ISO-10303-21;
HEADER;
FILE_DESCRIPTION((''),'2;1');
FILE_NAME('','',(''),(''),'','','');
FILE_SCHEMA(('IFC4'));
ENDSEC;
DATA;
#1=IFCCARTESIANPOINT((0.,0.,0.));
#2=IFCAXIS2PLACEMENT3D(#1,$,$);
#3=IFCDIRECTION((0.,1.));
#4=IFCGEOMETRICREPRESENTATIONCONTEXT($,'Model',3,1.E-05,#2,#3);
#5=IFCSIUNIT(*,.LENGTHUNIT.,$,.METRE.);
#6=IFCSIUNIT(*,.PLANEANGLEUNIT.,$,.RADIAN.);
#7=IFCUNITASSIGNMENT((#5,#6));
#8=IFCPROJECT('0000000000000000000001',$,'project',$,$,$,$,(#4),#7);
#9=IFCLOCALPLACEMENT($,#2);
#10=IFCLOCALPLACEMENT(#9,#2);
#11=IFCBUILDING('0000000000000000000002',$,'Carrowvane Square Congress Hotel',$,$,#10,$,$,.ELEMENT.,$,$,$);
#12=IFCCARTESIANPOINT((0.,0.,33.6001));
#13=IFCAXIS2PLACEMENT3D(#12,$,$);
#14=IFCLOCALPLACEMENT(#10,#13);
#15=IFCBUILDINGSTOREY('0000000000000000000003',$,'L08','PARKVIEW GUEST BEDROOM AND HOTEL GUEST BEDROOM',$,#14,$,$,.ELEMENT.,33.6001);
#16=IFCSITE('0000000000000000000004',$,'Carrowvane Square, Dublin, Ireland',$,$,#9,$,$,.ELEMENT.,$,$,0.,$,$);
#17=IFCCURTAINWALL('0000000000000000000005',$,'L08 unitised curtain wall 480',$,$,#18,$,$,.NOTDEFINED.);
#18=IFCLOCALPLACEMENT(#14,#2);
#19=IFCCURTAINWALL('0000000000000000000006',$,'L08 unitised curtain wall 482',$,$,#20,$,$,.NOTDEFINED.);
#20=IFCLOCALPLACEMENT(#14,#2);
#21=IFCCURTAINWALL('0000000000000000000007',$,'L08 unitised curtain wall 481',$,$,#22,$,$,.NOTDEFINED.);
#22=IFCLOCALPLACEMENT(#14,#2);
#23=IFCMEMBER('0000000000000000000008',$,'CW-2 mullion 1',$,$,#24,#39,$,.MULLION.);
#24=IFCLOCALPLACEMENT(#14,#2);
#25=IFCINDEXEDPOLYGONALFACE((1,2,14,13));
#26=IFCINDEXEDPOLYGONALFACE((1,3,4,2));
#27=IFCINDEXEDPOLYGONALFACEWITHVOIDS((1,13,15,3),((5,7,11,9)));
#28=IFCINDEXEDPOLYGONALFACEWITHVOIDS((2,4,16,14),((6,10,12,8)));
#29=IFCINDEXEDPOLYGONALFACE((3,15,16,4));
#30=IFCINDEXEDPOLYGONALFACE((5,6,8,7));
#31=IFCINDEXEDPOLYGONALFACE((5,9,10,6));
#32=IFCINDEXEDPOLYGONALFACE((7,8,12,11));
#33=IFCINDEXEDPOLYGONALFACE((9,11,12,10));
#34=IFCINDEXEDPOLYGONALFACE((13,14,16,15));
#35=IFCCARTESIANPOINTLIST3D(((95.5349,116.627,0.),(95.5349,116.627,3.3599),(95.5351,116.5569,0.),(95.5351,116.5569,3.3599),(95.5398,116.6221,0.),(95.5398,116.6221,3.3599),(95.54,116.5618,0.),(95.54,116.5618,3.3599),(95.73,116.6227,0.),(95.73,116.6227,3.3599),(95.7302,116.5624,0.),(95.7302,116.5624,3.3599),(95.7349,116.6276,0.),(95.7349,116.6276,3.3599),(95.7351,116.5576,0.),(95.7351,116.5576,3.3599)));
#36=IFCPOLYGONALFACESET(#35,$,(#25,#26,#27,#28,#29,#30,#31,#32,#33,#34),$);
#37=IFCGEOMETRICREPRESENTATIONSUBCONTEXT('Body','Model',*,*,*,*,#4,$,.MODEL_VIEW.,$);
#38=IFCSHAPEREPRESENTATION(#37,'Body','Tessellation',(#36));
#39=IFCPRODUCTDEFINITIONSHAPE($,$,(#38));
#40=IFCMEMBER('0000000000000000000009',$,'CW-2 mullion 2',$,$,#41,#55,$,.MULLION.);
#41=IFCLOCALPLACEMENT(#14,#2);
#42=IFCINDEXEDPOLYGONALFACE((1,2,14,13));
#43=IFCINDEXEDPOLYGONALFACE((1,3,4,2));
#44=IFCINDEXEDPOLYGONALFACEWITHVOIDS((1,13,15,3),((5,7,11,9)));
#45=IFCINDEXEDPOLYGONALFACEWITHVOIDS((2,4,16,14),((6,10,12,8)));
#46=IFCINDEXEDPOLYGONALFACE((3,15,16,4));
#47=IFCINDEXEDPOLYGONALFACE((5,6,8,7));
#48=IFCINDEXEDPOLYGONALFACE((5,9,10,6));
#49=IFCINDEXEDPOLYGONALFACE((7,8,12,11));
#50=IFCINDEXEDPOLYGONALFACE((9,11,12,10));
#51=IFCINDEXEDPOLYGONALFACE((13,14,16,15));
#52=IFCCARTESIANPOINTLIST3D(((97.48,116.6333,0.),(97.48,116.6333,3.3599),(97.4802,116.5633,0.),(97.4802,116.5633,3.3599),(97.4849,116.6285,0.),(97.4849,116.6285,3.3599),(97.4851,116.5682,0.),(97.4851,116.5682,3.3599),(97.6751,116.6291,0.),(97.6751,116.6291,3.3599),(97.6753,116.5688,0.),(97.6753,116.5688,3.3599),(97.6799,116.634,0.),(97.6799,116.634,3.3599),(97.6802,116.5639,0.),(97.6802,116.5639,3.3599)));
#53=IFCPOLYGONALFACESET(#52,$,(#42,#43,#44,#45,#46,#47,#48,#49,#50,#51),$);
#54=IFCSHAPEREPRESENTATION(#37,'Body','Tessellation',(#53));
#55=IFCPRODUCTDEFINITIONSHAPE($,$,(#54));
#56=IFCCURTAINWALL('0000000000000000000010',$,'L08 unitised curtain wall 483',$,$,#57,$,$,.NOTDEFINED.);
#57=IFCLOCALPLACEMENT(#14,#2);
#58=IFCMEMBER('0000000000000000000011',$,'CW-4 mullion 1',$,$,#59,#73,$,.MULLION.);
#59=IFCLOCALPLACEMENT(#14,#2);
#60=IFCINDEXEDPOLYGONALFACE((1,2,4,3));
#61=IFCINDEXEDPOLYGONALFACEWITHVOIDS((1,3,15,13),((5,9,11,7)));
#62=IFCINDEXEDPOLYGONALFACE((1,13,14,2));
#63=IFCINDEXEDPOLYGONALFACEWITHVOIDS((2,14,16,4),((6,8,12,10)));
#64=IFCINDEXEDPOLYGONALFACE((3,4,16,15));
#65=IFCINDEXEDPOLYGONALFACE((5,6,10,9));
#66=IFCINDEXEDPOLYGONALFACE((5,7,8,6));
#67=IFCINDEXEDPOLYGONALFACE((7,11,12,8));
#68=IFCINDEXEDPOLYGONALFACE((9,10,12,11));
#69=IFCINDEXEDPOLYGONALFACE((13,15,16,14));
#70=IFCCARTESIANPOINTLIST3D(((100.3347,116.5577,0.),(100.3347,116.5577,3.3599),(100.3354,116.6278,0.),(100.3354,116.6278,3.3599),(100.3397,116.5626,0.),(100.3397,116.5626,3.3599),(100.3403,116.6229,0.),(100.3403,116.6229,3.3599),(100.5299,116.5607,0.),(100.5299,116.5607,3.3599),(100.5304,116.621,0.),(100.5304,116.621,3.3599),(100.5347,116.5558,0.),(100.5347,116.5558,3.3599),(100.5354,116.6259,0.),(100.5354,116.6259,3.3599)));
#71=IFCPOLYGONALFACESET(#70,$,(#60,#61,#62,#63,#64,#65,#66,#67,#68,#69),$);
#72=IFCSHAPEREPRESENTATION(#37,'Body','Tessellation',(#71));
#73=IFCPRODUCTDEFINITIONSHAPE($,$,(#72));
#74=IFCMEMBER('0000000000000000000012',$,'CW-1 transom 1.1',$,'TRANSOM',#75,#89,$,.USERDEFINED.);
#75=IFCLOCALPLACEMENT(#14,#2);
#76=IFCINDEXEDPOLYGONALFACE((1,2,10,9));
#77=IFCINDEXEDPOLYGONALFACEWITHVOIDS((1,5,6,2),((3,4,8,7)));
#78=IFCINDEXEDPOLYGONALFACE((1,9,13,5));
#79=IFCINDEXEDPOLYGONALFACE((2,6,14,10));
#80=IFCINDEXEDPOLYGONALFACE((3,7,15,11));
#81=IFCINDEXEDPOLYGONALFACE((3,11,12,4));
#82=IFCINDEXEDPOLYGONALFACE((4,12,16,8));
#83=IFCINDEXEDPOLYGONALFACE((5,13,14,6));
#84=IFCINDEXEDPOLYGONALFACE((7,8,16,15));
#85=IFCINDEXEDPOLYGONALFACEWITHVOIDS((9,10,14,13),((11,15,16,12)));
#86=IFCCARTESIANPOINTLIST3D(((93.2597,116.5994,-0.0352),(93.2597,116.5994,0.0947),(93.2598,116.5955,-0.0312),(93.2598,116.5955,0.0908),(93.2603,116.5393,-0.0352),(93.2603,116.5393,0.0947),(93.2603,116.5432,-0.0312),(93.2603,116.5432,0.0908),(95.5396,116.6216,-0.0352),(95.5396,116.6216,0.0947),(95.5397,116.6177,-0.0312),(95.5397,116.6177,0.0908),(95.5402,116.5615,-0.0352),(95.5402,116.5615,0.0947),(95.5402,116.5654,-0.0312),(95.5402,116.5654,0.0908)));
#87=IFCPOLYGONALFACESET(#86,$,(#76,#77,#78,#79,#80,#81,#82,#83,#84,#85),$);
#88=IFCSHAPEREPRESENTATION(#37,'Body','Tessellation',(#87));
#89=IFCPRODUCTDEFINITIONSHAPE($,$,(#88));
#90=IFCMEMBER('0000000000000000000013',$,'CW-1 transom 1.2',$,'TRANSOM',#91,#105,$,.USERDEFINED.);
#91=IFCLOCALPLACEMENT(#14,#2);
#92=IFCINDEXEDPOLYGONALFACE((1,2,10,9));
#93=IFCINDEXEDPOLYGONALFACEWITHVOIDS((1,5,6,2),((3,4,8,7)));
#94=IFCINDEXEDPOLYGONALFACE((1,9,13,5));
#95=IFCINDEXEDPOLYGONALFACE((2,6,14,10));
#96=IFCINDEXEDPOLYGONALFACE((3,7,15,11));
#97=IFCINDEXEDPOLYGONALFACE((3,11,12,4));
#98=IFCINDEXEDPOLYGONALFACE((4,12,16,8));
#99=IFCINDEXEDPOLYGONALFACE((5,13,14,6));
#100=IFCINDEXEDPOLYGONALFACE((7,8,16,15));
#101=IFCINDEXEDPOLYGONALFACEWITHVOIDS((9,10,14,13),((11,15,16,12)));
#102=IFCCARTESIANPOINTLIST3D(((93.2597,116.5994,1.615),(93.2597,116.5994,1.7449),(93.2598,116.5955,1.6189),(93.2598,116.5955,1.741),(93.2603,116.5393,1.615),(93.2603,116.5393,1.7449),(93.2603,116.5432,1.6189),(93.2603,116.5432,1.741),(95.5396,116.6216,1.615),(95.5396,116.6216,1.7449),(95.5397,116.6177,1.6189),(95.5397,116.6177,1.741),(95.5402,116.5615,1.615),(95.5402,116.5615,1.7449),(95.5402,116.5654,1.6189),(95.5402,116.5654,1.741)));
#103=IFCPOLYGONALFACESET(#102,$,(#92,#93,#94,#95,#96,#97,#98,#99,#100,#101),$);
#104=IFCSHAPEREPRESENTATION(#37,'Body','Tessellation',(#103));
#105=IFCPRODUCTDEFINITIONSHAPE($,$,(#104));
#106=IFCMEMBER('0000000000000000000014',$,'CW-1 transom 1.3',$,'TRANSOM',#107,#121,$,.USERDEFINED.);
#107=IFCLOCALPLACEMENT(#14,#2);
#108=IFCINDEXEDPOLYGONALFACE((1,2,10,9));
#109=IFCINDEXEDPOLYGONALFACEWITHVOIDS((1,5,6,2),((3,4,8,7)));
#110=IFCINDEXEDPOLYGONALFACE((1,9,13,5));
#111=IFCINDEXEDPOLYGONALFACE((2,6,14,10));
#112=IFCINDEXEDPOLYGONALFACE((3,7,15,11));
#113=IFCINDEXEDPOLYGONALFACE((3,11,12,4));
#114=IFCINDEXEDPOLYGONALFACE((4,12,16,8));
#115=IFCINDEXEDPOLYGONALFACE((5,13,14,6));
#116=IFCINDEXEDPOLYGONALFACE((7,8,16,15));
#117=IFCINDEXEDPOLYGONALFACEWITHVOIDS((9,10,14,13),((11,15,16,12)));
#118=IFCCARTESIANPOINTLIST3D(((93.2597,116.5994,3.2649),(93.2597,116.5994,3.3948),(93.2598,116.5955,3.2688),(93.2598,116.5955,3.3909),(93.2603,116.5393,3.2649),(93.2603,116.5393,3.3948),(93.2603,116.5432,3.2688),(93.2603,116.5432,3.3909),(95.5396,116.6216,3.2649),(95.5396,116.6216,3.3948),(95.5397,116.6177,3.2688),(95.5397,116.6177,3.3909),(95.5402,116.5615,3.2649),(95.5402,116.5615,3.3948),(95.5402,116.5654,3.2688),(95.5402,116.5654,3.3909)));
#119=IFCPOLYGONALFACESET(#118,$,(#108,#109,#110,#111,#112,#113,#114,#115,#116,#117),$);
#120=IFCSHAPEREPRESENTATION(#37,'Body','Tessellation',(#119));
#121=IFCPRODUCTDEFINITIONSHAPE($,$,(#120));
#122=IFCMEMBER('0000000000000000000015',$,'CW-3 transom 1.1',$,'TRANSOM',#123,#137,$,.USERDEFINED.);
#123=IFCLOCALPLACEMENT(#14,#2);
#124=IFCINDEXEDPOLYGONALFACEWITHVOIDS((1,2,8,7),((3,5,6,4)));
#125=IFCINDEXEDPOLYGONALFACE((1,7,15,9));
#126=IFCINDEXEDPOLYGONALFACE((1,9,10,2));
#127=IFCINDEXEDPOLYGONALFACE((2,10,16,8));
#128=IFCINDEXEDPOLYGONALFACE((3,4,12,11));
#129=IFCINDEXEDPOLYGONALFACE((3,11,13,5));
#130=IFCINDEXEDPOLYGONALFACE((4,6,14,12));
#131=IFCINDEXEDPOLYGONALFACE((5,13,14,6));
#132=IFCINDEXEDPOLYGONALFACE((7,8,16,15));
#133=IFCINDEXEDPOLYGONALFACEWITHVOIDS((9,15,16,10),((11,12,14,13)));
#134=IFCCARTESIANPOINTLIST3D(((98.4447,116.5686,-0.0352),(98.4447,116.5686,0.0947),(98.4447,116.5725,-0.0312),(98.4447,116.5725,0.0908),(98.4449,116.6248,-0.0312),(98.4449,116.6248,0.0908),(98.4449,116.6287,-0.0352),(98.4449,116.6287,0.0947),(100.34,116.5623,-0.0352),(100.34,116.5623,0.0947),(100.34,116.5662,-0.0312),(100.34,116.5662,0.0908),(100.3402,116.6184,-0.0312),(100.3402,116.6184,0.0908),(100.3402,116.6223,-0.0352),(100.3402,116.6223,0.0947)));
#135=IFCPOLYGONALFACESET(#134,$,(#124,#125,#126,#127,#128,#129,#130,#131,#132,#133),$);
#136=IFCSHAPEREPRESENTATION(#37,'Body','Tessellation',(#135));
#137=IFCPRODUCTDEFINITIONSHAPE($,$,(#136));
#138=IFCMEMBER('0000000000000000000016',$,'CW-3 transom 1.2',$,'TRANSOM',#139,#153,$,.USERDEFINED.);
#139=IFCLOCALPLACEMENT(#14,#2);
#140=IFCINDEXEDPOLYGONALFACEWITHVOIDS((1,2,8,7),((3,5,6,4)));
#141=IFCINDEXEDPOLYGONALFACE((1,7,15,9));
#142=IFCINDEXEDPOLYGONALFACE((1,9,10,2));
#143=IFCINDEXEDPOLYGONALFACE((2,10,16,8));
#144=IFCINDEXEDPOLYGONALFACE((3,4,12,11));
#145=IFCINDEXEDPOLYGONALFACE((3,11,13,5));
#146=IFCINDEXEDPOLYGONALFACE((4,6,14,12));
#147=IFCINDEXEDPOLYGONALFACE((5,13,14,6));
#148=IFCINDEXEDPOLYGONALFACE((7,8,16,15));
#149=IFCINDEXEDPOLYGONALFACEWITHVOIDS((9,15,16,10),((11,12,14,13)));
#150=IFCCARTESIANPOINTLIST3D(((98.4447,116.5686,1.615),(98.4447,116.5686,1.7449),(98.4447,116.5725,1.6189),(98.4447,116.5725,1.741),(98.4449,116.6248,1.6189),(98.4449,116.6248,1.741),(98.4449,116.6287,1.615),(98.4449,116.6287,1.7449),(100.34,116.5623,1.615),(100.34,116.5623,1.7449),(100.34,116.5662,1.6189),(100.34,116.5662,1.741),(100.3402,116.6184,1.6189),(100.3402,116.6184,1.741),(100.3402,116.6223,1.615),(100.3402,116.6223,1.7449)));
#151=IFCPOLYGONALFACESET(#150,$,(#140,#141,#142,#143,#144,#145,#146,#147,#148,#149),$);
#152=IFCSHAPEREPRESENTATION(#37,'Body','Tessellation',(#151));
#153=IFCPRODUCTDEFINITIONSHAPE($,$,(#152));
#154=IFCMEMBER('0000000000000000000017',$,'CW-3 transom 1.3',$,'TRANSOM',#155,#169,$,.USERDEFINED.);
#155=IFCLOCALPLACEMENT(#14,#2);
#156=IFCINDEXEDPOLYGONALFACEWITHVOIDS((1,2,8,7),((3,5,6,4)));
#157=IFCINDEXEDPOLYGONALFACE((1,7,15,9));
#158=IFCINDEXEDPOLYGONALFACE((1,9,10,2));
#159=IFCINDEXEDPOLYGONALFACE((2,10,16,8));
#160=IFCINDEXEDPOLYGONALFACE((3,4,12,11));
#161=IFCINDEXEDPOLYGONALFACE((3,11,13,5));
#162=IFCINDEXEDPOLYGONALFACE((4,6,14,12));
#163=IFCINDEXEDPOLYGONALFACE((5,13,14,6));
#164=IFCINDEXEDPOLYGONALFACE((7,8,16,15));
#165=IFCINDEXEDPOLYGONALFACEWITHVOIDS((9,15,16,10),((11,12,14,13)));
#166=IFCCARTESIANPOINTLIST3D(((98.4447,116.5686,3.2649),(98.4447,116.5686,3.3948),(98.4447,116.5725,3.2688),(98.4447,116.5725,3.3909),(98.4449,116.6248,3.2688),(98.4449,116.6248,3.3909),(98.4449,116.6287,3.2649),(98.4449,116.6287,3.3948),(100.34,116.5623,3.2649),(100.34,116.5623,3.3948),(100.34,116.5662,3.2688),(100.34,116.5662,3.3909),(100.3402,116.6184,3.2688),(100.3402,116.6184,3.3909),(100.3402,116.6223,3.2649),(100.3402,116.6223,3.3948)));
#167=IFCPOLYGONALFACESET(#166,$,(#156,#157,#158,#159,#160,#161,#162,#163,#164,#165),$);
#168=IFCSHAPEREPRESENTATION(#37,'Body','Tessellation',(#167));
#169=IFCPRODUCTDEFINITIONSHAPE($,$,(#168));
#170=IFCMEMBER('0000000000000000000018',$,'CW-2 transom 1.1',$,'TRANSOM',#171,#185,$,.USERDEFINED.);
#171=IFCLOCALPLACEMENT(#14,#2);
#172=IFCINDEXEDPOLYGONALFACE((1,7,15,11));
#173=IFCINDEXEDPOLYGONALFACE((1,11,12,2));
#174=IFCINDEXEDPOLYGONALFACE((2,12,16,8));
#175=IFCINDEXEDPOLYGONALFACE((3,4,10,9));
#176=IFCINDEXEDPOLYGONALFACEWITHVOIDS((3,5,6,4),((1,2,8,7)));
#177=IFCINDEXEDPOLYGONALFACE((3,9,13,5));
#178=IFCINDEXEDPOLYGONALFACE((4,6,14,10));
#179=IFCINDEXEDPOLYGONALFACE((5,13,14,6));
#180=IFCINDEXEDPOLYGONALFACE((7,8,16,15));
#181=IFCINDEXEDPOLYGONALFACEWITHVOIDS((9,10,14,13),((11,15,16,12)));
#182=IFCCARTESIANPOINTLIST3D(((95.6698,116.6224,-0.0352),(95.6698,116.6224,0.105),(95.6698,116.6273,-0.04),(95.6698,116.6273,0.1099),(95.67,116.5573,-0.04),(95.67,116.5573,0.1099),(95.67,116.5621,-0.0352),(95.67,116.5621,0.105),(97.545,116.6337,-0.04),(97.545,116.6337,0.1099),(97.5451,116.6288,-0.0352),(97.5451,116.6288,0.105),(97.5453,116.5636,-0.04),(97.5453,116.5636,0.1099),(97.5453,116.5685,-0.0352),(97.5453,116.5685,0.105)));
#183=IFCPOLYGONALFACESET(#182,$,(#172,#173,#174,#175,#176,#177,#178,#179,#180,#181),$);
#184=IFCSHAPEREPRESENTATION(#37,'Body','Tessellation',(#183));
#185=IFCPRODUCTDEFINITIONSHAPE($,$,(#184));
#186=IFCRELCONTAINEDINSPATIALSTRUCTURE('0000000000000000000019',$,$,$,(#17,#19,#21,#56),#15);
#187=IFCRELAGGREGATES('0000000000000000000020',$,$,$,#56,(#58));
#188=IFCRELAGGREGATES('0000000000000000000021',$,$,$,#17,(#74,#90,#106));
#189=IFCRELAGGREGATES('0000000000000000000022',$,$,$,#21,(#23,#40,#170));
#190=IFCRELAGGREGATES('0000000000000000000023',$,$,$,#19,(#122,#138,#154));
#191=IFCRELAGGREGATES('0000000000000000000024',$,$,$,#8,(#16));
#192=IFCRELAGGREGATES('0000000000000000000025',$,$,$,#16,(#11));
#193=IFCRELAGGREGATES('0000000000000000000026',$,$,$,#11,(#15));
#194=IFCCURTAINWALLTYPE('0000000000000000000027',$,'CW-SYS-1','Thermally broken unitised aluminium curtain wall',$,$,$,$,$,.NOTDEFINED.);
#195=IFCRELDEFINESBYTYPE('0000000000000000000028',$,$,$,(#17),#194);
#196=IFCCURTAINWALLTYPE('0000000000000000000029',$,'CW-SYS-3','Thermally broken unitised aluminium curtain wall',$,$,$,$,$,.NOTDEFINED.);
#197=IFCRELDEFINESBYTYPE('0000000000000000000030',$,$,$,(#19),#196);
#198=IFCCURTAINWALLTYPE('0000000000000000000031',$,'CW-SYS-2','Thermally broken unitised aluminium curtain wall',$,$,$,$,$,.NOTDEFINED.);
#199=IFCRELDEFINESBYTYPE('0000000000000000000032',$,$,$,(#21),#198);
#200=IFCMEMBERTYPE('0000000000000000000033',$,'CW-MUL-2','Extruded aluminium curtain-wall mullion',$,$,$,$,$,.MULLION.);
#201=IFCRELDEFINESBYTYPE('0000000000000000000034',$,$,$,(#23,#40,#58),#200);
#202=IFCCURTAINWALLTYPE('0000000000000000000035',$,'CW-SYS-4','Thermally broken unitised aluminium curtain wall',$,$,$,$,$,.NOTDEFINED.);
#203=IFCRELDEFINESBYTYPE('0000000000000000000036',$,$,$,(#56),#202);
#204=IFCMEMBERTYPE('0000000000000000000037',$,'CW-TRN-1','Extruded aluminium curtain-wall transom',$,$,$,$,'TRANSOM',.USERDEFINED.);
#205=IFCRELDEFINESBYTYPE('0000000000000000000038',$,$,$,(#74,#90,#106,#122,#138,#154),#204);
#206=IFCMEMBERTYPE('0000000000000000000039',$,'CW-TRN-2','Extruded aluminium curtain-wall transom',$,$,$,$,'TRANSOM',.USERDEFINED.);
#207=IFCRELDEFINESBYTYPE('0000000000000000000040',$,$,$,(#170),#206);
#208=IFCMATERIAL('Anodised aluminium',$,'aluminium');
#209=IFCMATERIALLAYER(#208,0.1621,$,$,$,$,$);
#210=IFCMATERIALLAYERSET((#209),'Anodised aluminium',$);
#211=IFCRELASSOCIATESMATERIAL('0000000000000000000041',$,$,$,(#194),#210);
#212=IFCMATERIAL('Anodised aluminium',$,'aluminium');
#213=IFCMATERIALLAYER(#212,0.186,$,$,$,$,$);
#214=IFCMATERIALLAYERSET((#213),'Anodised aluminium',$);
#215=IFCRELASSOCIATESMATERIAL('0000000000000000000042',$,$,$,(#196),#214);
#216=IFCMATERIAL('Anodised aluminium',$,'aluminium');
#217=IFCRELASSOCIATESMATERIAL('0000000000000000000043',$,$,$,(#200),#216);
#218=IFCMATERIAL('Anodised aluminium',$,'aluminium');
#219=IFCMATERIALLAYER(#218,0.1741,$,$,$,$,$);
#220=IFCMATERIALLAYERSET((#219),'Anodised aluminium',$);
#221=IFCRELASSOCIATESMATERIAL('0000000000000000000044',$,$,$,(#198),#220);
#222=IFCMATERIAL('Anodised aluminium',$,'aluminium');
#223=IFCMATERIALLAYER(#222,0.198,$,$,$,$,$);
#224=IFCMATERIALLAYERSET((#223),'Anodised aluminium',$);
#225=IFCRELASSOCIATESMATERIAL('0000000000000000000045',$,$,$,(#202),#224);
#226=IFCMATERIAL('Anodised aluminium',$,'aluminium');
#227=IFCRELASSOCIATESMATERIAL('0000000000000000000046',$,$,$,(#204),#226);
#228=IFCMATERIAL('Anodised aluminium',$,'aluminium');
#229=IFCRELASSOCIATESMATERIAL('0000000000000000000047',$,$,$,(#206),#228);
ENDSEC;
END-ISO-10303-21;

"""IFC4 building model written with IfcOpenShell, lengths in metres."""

from ifc_helpers import new_model, si_unit, direction, frame, origin, origin_2d, place, context, subcontext, project, spatial, hollow_rectangle, extrude, material, layer, layer_set, material_profile, profile_set, type_object, element, aggregate, save


model = new_model("IFC4")

# Units and contexts
model_context = context("Model", 3, precision=1e-05, world=origin(), true_north=direction((0.0, 1.0)))
body_context = subcontext(model_context, "Body", "Model", "MODEL_VIEW")
ifc_project = project(units=[si_unit("LENGTHUNIT", "METRE"), si_unit("PLANEANGLEUNIT", "RADIAN")], contexts=[model_context])

# Site, building, storey
site_placement = place(None, origin())
site = spatial("IfcSite", under=ifc_project, at=site_placement, Name="Carrowvane Square, Dublin, Ireland", CompositionType="ELEMENT", RefElevation=0.0)
building_placement = place(site_placement, origin())
building = spatial("IfcBuilding", under=site, at=building_placement, Name="Carrowvane Square Congress Hotel", CompositionType="ELEMENT")
storey_placement = place(building_placement, frame((0.0, 0.0, 33.6001)))
storey = spatial("IfcBuildingStorey", under=building, at=storey_placement, Name="L08", Description="PARKVIEW GUEST BEDROOM AND HOTEL GUEST BEDROOM", CompositionType="ELEMENT", Elevation=33.6001)

# Curtain walls
ifc_material_1 = material(Name="Anodised aluminium", Category="aluminium")
ifc_layer_1 = layer(ifc_material_1, 0.1621)
ifc_layer_set_1 = layer_set([ifc_layer_1], Name="Anodised aluminium")
curtain_wall_type_1 = type_object("IfcCurtainWallType", Name="CW-SYS-1", Description="Thermally broken unitised aluminium curtain wall", PredefinedType="NOTDEFINED", material=ifc_layer_set_1)
curtain_wall_1_placement = place(storey_placement, origin())
curtain_wall_1 = element("IfcCurtainWall", 1, at=curtain_wall_1_placement, inside=storey, type_object=curtain_wall_type_1, Name="L08 unitised curtain wall 480", PredefinedType="NOTDEFINED")
ifc_material_2 = material(Name="Anodised aluminium", Category="aluminium")
ifc_layer_2 = layer(ifc_material_2, 0.186)
ifc_layer_set_2 = layer_set([ifc_layer_2], Name="Anodised aluminium")
curtain_wall_type_2 = type_object("IfcCurtainWallType", Name="CW-SYS-3", Description="Thermally broken unitised aluminium curtain wall", PredefinedType="NOTDEFINED", material=ifc_layer_set_2)
curtain_wall_2_placement = place(storey_placement, origin())
curtain_wall_2 = element("IfcCurtainWall", 2, at=curtain_wall_2_placement, inside=storey, type_object=curtain_wall_type_2, Name="L08 unitised curtain wall 482", PredefinedType="NOTDEFINED")

# Shared definitions
ifc_material_3 = material(Name="Anodised aluminium", Category="aluminium")
ifc_material_profile_1 = material_profile(ifc_material_3, hollow_rectangle(XDim=0.0701, YDim=0.2, WallThickness=0.0049, at=origin_2d()), Name="CW-ML 70x200x5")
ifc_profile_set_1 = profile_set([ifc_material_profile_1], Name="Anodised aluminium")
member_type_1 = type_object("IfcMemberType", Name="CW-MUL-2", Description="Extruded aluminium curtain-wall mullion", PredefinedType="MULLION", material=ifc_profile_set_1)

# Curtain wall, members
ifc_material_4 = material(Name="Anodised aluminium", Category="aluminium")
ifc_layer_3 = layer(ifc_material_4, 0.1741)
ifc_layer_set_3 = layer_set([ifc_layer_3], Name="Anodised aluminium")
curtain_wall_type_3 = type_object("IfcCurtainWallType", Name="CW-SYS-2", Description="Thermally broken unitised aluminium curtain wall", PredefinedType="NOTDEFINED", material=ifc_layer_set_3)
curtain_wall_3_placement = place(storey_placement, origin())
curtain_wall_3 = element("IfcCurtainWall", 3, at=curtain_wall_3_placement, inside=storey, type_object=curtain_wall_type_3, Name="L08 unitised curtain wall 481", PredefinedType="NOTDEFINED")
member_1_placement = place(storey_placement, frame((95.635, 116.5923, 0.0), z_axis=(0.0, 0.0, 1.0), x_axis=(-0.00327, 0.999995, 0.0)))
member_1 = element("IfcMember", 4, at=member_1_placement, type_object=member_type_1, Name="CW-2 mullion 1", PredefinedType="MULLION", context=body_context, shape_type="SweptSolid", body=[
    extrude(hollow_rectangle(XDim=0.0701, YDim=0.2, WallThickness=0.0049, at=origin_2d()), origin(), (0.0, 0.0, 1.0), 3.3599),
])
member_2_placement = place(storey_placement, frame((97.5801, 116.5986, 0.0), z_axis=(0.0, 0.0, 1.0), x_axis=(-0.00327, 0.999995, 0.0)))
member_2 = element("IfcMember", 5, at=member_2_placement, type_object=member_type_1, Name="CW-2 mullion 2", PredefinedType="MULLION", context=body_context, shape_type="SweptSolid", body=[
    extrude(hollow_rectangle(XDim=0.0701, YDim=0.2, WallThickness=0.0049, at=origin_2d()), origin(), (0.0, 0.0, 1.0), 3.3599),
])

# Curtain wall, member
ifc_material_5 = material(Name="Anodised aluminium", Category="aluminium")
ifc_layer_4 = layer(ifc_material_5, 0.198)
ifc_layer_set_4 = layer_set([ifc_layer_4], Name="Anodised aluminium")
curtain_wall_type_4 = type_object("IfcCurtainWallType", Name="CW-SYS-4", Description="Thermally broken unitised aluminium curtain wall", PredefinedType="NOTDEFINED", material=ifc_layer_set_4)
curtain_wall_4_placement = place(storey_placement, origin())
curtain_wall_4 = element("IfcCurtainWall", 6, at=curtain_wall_4_placement, inside=storey, type_object=curtain_wall_type_4, Name="L08 unitised curtain wall 483", PredefinedType="NOTDEFINED")
member_3_placement = place(storey_placement, frame((100.4351, 116.5918, 0.0), z_axis=(0.0, 0.0, 1.0), x_axis=(0.009783, 0.999952, 0.0)))
member_3 = element("IfcMember", 7, at=member_3_placement, type_object=member_type_1, Name="CW-4 mullion 1", PredefinedType="MULLION", context=body_context, shape_type="SweptSolid", body=[
    extrude(hollow_rectangle(XDim=0.0701, YDim=0.2, WallThickness=0.0049, at=origin_2d()), origin(), (0.0, 0.0, 1.0), 3.3599),
])

# Members
ifc_material_6 = material(Name="Anodised aluminium", Category="aluminium")
ifc_material_profile_2 = material_profile(ifc_material_6, hollow_rectangle(XDim=0.0601, YDim=0.1299, WallThickness=0.0039, at=origin_2d()), Name="CW-TR 60x130x4")
ifc_profile_set_2 = profile_set([ifc_material_profile_2], Name="Anodised aluminium")
member_type_2 = type_object("IfcMemberType", Name="CW-TRN-1", Description="Extruded aluminium curtain-wall transom", ElementType="TRANSOM", PredefinedType="USERDEFINED", material=ifc_profile_set_2)
member_4_placement = place(storey_placement, frame((93.26, 116.5693, 0.0298), z_axis=(0.999953, 0.009744, 0.0), x_axis=(-0.009744, 0.999953, 0.0)))
member_4 = element("IfcMember", 8, at=member_4_placement, type_object=member_type_2, Name="CW-1 transom 1.1", ObjectType="TRANSOM", PredefinedType="USERDEFINED", context=body_context, shape_type="SweptSolid", body=[
    extrude(hollow_rectangle(XDim=0.0601, YDim=0.1299, WallThickness=0.0039, at=origin_2d()), origin(), (0.0, 0.0, 1.0), 2.28),
])
member_5_placement = place(storey_placement, frame((93.26, 116.5693, 1.6799), z_axis=(0.999953, 0.009744, 0.0), x_axis=(-0.009744, 0.999953, 0.0)))
member_5 = element("IfcMember", 9, at=member_5_placement, type_object=member_type_2, Name="CW-1 transom 1.2", ObjectType="TRANSOM", PredefinedType="USERDEFINED", context=body_context, shape_type="SweptSolid", body=[
    extrude(hollow_rectangle(XDim=0.0601, YDim=0.1299, WallThickness=0.0039, at=origin_2d()), origin(), (0.0, 0.0, 1.0), 2.28),
])
member_6_placement = place(storey_placement, frame((93.26, 116.5693, 3.3298), z_axis=(0.999953, 0.009744, 0.0), x_axis=(-0.009744, 0.999953, 0.0)))
member_6 = element("IfcMember", 10, at=member_6_placement, type_object=member_type_2, Name="CW-1 transom 1.3", ObjectType="TRANSOM", PredefinedType="USERDEFINED", context=body_context, shape_type="SweptSolid", body=[
    extrude(hollow_rectangle(XDim=0.0601, YDim=0.1299, WallThickness=0.0039, at=origin_2d()), origin(), (0.0, 0.0, 1.0), 2.28),
])
member_7_placement = place(storey_placement, frame((98.4448, 116.5986, 0.0298), z_axis=(0.999994, -0.003349, 0.0), x_axis=(0.003349, 0.999994, 0.0)))
member_7 = element("IfcMember", 11, at=member_7_placement, type_object=member_type_2, Name="CW-3 transom 1.1", ObjectType="TRANSOM", PredefinedType="USERDEFINED", context=body_context, shape_type="SweptSolid", body=[
    extrude(hollow_rectangle(XDim=0.0601, YDim=0.1299, WallThickness=0.0039, at=origin_2d()), origin(), (0.0, 0.0, 1.0), 1.8953),
])
member_8_placement = place(storey_placement, frame((98.4448, 116.5986, 1.6799), z_axis=(0.999994, -0.003349, 0.0), x_axis=(0.003349, 0.999994, 0.0)))
member_8 = element("IfcMember", 12, at=member_8_placement, type_object=member_type_2, Name="CW-3 transom 1.2", ObjectType="TRANSOM", PredefinedType="USERDEFINED", context=body_context, shape_type="SweptSolid", body=[
    extrude(hollow_rectangle(XDim=0.0601, YDim=0.1299, WallThickness=0.0039, at=origin_2d()), origin(), (0.0, 0.0, 1.0), 1.8953),
])
member_9_placement = place(storey_placement, frame((98.4448, 116.5986, 3.3298), z_axis=(0.999994, -0.003349, 0.0), x_axis=(0.003349, 0.999994, 0.0)))
member_9 = element("IfcMember", 13, at=member_9_placement, type_object=member_type_2, Name="CW-3 transom 1.3", ObjectType="TRANSOM", PredefinedType="USERDEFINED", context=body_context, shape_type="SweptSolid", body=[
    extrude(hollow_rectangle(XDim=0.0601, YDim=0.1299, WallThickness=0.0039, at=origin_2d()), origin(), (0.0, 0.0, 1.0), 1.8953),
])
ifc_material_7 = material(Name="Anodised aluminium", Category="aluminium")
ifc_material_profile_3 = material_profile(ifc_material_7, hollow_rectangle(XDim=0.0701, YDim=0.1499, WallThickness=0.0049, at=origin_2d()), Name="CW-TR 70x150x5")
ifc_profile_set_3 = profile_set([ifc_material_profile_3], Name="Anodised aluminium")
member_type_3 = type_object("IfcMemberType", Name="CW-TRN-2", Description="Extruded aluminium curtain-wall transom", ElementType="TRANSOM", PredefinedType="USERDEFINED", material=ifc_profile_set_3)
member_10_placement = place(storey_placement, frame((95.6699, 116.5923, 0.0349), z_axis=(0.999994, 0.003385, 0.0), x_axis=(-0.003385, 0.999994, 0.0)))
member_10 = element("IfcMember", 14, at=member_10_placement, type_object=member_type_3, Name="CW-2 transom 1.1", ObjectType="TRANSOM", PredefinedType="USERDEFINED", context=body_context, shape_type="SweptSolid", body=[
    extrude(hollow_rectangle(XDim=0.0701, YDim=0.1499, WallThickness=0.0049, at=origin_2d()), origin(), (0.0, 0.0, 1.0), 1.8752),
])
aggregate(curtain_wall_4, [member_3])

aggregate(curtain_wall_1, [member_4, member_5, member_6])
aggregate(curtain_wall_3, [member_1, member_2, member_10])
aggregate(curtain_wall_2, [member_7, member_8, member_9])

save(model, "model.ifc")
